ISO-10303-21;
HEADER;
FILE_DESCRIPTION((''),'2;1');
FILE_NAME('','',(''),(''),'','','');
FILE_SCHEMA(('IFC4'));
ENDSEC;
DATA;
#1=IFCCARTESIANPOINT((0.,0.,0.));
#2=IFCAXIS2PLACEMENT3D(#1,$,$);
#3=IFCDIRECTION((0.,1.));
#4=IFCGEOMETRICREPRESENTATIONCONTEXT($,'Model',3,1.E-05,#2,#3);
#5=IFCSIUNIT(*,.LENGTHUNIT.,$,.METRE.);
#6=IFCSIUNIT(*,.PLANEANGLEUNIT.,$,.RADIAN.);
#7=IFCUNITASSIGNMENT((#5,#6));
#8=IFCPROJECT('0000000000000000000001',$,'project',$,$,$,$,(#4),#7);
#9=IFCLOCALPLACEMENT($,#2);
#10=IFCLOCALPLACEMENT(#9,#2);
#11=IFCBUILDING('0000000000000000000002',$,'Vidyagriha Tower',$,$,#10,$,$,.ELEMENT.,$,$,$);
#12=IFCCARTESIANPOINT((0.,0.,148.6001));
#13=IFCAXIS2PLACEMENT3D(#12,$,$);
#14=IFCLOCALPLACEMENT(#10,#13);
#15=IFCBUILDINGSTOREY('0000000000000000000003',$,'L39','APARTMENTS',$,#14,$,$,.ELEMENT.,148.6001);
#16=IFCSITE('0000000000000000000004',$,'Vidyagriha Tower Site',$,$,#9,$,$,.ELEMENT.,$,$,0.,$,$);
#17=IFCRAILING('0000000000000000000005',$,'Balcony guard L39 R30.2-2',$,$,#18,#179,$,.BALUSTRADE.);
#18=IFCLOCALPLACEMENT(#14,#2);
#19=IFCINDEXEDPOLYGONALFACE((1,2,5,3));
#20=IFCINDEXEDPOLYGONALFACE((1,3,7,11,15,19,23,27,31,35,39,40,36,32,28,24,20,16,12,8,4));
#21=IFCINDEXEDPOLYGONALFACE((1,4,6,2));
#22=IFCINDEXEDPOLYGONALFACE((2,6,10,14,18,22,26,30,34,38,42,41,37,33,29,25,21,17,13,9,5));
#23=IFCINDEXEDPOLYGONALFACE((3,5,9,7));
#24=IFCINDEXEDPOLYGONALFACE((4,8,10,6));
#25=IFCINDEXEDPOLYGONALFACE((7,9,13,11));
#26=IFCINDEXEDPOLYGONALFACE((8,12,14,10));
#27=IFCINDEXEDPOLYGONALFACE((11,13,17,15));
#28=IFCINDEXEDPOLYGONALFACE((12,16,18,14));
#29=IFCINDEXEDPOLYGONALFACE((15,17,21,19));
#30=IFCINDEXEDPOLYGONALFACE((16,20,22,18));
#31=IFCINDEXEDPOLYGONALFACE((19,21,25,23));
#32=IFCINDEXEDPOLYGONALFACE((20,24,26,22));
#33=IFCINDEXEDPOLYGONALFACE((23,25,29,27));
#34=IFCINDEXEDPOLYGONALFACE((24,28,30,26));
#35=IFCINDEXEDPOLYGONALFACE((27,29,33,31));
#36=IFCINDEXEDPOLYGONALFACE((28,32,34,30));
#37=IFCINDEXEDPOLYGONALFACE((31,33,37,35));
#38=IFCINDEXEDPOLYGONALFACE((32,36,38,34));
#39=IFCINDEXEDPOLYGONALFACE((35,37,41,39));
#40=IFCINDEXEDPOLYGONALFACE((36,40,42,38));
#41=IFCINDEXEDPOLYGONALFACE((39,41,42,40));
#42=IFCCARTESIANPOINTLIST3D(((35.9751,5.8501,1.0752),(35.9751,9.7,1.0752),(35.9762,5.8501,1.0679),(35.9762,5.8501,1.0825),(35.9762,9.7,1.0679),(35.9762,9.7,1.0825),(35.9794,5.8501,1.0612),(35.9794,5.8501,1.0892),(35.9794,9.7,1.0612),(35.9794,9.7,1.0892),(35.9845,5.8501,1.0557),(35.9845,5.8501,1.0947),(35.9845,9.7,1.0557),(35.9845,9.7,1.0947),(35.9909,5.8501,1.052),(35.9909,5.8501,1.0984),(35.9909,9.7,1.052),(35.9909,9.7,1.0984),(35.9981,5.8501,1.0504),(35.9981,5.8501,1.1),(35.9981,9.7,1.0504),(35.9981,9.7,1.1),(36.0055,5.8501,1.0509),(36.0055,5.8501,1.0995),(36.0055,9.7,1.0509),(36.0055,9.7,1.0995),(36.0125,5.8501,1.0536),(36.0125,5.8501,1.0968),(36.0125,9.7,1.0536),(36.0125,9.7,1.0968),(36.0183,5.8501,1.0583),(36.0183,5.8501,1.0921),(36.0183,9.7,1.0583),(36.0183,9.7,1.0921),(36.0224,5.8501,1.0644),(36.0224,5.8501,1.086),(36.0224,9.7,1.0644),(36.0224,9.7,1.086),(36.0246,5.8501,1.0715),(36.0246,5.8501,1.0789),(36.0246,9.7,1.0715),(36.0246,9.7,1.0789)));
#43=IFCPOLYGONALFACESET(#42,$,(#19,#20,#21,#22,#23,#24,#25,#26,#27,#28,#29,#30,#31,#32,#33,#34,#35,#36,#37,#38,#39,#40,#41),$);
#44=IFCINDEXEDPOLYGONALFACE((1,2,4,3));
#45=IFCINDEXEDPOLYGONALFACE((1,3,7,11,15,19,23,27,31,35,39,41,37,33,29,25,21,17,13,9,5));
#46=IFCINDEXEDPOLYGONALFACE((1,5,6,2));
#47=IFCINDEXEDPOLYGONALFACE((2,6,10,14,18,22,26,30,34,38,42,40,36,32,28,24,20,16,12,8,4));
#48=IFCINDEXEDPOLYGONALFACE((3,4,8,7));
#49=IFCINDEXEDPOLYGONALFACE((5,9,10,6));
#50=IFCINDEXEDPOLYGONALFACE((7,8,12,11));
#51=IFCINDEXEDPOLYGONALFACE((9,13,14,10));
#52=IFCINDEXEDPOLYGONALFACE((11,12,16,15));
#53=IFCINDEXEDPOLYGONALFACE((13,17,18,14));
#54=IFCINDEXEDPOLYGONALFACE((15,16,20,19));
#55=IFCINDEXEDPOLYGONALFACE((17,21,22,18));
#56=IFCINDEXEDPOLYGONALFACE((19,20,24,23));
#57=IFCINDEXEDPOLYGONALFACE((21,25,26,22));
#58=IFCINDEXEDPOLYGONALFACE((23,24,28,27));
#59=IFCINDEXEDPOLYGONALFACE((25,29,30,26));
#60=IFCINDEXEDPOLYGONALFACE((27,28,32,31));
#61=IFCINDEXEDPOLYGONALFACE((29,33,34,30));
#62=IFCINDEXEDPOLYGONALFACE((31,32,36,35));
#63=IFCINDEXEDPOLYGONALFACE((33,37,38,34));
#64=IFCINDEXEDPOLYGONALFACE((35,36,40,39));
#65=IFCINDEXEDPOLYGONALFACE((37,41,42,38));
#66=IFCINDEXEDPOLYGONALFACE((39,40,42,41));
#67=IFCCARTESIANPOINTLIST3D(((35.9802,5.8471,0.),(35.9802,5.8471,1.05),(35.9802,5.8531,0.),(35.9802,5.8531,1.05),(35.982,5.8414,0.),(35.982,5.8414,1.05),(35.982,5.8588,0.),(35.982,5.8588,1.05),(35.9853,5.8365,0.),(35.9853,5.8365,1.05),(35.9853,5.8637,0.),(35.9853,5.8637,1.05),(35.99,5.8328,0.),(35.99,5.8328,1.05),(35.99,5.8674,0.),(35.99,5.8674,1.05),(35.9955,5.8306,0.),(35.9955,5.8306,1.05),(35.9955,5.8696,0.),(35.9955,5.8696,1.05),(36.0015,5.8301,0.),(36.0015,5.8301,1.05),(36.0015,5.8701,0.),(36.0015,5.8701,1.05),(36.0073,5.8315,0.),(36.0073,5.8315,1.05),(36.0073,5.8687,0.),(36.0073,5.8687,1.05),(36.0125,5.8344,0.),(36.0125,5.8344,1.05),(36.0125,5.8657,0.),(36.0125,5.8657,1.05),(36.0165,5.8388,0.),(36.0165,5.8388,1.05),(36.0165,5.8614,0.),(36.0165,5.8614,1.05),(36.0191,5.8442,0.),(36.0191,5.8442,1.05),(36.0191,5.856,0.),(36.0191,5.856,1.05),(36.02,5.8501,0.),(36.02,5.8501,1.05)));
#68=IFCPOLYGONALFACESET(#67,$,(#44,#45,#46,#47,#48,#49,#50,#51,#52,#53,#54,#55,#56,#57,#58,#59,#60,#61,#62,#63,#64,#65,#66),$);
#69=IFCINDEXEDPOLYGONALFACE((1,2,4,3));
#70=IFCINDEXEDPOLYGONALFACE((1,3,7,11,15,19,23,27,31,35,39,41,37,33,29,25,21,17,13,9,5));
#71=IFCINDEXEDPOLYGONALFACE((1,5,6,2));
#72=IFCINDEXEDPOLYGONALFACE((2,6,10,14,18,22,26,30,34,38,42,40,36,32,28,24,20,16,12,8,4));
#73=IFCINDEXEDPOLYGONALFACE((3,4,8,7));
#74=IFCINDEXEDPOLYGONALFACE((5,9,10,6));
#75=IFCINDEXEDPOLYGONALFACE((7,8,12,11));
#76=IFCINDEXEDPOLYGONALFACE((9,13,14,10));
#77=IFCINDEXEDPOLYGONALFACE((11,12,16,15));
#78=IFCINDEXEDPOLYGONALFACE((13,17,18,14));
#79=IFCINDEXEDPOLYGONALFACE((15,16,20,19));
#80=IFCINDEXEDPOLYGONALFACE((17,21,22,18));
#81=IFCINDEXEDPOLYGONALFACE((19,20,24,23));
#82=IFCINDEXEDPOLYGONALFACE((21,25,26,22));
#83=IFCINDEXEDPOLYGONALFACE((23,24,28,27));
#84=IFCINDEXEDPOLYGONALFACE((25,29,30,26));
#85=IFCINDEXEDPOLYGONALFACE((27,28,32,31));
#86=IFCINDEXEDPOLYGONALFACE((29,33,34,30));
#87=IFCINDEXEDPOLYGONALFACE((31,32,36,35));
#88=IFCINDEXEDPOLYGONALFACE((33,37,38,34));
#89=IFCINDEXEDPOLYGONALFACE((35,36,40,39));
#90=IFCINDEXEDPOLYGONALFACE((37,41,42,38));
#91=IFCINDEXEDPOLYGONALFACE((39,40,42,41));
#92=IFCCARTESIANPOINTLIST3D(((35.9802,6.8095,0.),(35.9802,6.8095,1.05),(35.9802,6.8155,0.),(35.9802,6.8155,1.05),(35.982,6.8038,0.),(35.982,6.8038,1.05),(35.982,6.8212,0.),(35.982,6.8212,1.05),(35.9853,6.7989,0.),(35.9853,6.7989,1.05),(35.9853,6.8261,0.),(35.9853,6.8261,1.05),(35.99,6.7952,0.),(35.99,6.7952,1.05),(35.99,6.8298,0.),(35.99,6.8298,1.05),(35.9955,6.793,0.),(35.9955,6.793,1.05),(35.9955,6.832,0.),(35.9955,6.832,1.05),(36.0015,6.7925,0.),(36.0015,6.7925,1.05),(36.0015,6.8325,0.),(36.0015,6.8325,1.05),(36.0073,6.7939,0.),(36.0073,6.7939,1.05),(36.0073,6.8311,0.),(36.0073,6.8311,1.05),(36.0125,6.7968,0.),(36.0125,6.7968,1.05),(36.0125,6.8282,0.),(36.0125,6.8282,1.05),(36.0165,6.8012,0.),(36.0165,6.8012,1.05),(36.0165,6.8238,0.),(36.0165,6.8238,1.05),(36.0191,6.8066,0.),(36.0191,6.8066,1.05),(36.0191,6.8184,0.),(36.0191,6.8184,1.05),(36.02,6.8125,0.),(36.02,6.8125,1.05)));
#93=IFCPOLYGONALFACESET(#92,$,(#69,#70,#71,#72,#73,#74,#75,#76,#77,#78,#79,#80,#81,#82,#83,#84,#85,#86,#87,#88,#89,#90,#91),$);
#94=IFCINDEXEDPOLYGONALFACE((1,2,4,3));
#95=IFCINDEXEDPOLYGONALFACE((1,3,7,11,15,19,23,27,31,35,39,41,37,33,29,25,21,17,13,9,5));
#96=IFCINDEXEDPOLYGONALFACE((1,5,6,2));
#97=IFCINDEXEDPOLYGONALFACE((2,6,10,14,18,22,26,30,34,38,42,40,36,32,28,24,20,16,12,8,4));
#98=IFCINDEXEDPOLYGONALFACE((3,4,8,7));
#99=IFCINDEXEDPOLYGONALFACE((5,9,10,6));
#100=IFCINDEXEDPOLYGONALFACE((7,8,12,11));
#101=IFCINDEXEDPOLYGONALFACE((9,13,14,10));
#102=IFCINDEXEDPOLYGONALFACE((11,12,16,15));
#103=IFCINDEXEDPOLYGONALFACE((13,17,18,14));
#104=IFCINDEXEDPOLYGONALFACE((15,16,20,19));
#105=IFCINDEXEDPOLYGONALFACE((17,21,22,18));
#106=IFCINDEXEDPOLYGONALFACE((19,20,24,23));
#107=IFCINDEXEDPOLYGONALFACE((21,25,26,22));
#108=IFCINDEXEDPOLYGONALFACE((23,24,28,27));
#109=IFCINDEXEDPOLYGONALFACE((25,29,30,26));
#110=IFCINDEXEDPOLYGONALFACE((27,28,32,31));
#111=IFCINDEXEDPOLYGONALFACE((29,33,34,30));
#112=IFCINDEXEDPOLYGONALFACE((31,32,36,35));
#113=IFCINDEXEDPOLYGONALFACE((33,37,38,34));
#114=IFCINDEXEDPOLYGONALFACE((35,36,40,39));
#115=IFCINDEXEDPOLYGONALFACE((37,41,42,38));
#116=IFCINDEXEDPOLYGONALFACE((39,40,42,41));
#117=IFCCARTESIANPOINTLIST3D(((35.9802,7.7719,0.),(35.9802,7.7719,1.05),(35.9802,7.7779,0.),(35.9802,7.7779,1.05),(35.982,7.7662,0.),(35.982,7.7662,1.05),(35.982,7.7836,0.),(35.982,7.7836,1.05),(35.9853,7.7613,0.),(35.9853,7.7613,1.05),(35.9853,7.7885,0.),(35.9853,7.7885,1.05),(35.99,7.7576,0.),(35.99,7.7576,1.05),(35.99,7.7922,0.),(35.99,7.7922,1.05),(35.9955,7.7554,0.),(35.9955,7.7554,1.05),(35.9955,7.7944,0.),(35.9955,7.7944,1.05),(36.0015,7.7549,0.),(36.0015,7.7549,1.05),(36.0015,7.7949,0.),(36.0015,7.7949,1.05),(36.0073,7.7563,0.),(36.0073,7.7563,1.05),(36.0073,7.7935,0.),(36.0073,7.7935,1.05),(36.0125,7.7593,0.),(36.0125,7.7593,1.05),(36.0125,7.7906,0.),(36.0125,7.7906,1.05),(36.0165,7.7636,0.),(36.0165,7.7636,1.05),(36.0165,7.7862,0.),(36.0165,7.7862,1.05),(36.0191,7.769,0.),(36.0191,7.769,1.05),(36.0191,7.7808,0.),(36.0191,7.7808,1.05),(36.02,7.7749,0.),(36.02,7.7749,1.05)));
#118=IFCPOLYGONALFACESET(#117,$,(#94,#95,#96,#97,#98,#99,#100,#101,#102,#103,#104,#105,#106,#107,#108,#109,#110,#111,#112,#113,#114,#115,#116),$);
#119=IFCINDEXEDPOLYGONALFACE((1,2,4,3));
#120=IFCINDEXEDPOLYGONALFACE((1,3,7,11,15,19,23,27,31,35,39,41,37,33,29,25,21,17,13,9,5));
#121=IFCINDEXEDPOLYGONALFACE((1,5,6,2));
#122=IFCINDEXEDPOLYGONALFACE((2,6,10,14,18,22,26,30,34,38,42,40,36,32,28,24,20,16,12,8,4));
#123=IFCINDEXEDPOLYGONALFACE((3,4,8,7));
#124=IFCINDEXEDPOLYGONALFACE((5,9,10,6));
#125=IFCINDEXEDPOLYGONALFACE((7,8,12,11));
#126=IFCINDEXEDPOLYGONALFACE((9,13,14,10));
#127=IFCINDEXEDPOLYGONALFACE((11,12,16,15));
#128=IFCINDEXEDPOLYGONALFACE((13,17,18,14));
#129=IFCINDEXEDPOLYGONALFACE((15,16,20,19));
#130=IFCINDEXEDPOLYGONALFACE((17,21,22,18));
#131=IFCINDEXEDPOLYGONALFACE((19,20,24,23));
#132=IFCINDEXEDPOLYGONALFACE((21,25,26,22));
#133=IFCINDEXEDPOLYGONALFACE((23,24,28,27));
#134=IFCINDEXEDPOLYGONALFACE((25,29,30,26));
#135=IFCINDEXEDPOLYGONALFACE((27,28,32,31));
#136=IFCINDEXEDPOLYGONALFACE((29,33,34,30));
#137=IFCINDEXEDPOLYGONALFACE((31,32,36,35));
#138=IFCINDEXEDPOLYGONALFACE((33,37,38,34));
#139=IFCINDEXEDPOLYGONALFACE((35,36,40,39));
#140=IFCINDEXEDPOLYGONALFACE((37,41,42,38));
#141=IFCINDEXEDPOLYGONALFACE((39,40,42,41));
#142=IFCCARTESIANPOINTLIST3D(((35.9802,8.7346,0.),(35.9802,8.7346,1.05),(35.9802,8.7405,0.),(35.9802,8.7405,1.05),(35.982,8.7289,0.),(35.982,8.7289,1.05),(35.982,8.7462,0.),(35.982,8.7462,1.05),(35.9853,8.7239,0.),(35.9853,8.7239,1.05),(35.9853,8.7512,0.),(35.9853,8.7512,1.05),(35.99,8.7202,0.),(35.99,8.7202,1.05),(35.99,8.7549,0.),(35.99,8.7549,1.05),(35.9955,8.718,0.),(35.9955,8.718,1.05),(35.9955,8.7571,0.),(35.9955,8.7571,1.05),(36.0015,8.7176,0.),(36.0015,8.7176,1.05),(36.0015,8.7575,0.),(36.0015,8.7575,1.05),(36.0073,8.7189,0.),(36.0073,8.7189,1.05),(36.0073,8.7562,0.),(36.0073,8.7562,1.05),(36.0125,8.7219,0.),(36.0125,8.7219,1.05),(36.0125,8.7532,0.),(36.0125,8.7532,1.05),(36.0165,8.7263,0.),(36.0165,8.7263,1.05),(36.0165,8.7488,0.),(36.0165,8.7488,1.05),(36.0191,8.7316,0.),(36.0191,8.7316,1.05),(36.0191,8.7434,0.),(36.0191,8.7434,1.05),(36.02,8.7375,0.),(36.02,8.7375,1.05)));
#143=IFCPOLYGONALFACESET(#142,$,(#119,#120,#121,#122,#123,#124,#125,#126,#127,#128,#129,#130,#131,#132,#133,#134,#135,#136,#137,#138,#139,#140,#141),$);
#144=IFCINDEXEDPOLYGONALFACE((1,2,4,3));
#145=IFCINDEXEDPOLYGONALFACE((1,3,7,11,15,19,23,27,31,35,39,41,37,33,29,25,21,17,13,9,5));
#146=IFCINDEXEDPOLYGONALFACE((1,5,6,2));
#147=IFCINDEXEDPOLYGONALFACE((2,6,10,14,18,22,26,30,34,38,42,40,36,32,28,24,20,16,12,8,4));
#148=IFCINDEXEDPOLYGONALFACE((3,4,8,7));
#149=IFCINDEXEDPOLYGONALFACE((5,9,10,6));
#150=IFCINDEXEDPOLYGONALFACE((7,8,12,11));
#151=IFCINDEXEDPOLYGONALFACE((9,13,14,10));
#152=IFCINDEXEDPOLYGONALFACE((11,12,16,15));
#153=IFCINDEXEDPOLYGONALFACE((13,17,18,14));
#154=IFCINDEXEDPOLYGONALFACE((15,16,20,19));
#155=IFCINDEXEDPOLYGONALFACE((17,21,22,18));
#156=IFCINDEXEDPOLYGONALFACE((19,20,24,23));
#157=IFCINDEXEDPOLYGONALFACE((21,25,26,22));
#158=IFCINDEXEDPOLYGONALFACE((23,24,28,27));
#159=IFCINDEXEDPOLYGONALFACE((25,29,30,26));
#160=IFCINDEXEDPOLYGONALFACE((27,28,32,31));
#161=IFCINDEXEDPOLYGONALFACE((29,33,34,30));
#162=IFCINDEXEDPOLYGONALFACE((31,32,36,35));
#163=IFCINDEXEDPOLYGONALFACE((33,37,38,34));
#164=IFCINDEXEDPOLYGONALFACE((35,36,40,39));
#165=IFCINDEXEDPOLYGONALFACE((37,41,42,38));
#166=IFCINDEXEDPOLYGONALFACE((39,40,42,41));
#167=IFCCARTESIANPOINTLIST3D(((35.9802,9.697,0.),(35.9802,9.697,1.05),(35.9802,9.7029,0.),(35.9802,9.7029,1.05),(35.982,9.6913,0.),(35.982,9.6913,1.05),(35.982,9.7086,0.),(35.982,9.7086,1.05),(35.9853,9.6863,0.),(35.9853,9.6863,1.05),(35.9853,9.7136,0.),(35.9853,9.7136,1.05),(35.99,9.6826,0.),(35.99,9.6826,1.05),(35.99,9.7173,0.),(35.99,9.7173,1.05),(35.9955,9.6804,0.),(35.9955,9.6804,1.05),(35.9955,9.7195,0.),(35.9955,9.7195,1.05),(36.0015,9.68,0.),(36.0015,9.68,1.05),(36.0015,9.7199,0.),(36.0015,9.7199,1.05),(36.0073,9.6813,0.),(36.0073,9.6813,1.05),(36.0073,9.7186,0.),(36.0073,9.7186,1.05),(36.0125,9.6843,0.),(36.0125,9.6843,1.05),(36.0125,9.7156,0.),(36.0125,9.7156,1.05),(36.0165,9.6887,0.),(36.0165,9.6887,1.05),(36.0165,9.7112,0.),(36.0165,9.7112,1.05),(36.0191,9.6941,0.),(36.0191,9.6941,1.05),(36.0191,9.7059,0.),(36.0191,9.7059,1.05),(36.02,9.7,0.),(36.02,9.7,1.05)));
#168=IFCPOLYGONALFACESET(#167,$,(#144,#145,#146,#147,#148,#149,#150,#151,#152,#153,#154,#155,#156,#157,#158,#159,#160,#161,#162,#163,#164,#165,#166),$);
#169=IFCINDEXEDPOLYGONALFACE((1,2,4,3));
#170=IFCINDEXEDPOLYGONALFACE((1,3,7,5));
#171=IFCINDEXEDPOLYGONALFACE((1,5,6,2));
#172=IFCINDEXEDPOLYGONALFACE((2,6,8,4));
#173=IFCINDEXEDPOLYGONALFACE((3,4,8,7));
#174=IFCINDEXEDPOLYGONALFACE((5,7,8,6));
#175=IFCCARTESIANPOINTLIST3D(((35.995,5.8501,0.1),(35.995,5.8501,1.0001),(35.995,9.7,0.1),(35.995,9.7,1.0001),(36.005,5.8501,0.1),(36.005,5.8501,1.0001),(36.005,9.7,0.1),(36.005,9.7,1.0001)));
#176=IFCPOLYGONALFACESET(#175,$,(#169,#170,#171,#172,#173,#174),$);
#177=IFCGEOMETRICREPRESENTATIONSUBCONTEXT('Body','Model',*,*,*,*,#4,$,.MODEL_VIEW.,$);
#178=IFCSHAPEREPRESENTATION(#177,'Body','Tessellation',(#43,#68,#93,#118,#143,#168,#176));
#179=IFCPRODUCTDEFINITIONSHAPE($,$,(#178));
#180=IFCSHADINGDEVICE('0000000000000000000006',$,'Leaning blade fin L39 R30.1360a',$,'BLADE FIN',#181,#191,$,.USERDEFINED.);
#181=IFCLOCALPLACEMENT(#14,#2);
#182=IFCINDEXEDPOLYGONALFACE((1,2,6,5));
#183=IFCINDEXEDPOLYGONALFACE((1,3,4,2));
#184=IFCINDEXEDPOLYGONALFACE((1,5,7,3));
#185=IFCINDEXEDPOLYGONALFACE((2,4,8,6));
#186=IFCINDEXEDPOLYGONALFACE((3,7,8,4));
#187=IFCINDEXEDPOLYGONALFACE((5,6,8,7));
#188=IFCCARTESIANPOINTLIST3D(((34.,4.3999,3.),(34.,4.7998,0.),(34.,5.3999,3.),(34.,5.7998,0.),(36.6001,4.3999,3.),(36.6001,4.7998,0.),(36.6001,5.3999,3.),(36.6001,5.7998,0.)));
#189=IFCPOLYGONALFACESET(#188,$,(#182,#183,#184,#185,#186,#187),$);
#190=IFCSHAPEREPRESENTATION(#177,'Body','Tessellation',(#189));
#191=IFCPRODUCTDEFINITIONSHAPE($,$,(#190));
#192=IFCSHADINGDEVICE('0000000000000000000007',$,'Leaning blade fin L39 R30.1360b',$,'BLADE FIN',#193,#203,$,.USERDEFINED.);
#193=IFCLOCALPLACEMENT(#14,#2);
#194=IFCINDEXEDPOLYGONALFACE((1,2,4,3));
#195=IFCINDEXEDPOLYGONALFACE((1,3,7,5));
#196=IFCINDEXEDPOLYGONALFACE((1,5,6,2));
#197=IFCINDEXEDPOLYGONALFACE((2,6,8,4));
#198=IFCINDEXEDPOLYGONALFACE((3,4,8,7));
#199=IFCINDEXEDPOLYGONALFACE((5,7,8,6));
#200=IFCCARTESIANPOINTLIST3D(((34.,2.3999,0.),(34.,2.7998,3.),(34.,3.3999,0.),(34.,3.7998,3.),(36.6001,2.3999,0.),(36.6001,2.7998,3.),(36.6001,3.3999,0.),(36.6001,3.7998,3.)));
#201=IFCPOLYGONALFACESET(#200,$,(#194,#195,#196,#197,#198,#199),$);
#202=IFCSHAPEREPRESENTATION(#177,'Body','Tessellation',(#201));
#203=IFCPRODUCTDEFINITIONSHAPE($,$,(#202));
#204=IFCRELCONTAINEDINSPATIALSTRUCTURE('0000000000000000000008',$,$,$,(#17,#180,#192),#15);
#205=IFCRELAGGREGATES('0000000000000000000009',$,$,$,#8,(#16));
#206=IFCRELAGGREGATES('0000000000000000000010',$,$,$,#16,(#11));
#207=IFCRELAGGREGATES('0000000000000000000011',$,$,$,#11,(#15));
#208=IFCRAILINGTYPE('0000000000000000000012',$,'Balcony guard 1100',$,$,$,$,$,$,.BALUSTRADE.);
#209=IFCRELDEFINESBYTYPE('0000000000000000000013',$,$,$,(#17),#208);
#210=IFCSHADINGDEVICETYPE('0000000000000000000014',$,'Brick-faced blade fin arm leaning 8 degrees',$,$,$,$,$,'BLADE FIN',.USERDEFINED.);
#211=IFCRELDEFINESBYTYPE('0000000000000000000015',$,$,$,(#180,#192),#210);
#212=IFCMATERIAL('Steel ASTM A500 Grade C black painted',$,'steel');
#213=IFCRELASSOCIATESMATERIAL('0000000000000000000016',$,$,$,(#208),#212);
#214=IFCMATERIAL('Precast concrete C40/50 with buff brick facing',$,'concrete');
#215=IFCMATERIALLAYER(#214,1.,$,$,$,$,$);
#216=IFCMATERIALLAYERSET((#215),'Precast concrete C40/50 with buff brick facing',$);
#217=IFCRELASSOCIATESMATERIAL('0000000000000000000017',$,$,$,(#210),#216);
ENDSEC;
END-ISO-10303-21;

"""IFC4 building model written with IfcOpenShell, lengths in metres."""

from ifc_helpers import new_model, si_unit, direction, frame, origin, origin_2d, place, context, subcontext, project, spatial, polyline, rectangle, circle, outline, extrude, material, layer, layer_set, type_object, element, save


model = new_model("IFC4")

# Units and contexts
model_context = context("Model", 3, precision=1e-05, world=origin(), true_north=direction((0.0, 1.0)))
body_context = subcontext(model_context, "Body", "Model", "MODEL_VIEW")
ifc_project = project(units=[si_unit("LENGTHUNIT", "METRE"), si_unit("PLANEANGLEUNIT", "RADIAN")], contexts=[model_context])

# Site, building, storey
site_placement = place(None, origin())
site = spatial("IfcSite", under=ifc_project, at=site_placement, Name="Vidyagriha Tower Site", CompositionType="ELEMENT", RefElevation=0.0)
building_placement = place(site_placement, origin())
building = spatial("IfcBuilding", under=site, at=building_placement, Name="Vidyagriha Tower", CompositionType="ELEMENT")
storey_placement = place(building_placement, frame((0.0, 0.0, 148.6001)))
storey = spatial("IfcBuildingStorey", under=building, at=storey_placement, Name="L39", Description="APARTMENTS", CompositionType="ELEMENT", Elevation=148.6001)

# Railing
ifc_material_1 = material(Name="Steel ASTM A500 Grade C black painted", Category="steel")
railing_type_1 = type_object("IfcRailingType", Name="Balcony guard 1100", PredefinedType="BALUSTRADE", material=ifc_material_1)
railing_1_placement = place(storey_placement, frame((36.0, 5.8501, 0.0)))
element("IfcRailing", 1, at=railing_1_placement, inside=storey, type_object=railing_type_1, Name="Balcony guard L39 R30.2-2", PredefinedType="BALUSTRADE", context=body_context, shape_type="SweptSolid", body=[
    extrude(circle(Radius=0.0249, at=origin_2d()), frame((0.0, 0.0, 1.0752), z_axis=(0.0, 1.0, 0.0), x_axis=(-1.0, 0.0, 0.0)), (0.0, 0.0, 1.0), 3.8499),
    extrude(circle(Radius=0.02, at=origin_2d()), origin(), (0.0, 0.0, 1.0), 1.05),
    extrude(circle(Radius=0.02, at=origin_2d()), frame((0.0, 0.9624, 0.0)), (0.0, 0.0, 1.0), 1.05),
    extrude(circle(Radius=0.02, at=origin_2d()), frame((0.0, 1.9248, 0.0)), (0.0, 0.0, 1.0), 1.05),
    extrude(circle(Radius=0.02, at=origin_2d()), frame((0.0, 2.8875, 0.0)), (0.0, 0.0, 1.0), 1.05),
    extrude(circle(Radius=0.02, at=origin_2d()), frame((0.0, 3.8499, 0.0)), (0.0, 0.0, 1.0), 1.05),
    extrude(rectangle(XDim=0.01, YDim=0.9001, at=origin_2d()), frame((0.0, 0.0, 0.55), z_axis=(0.0, 1.0, 0.0), x_axis=(-1.0, 0.0, 0.0)), (0.0, 0.0, 1.0), 3.8499),
])

# Shading devices
ifc_material_2 = material(Name="Precast concrete C40/50 with buff brick facing", Category="concrete")
ifc_layer_1 = layer(ifc_material_2, 1.0)
ifc_layer_set_1 = layer_set([ifc_layer_1], Name="Precast concrete C40/50 with buff brick facing")
shading_device_type_1 = type_object("IfcShadingDeviceType", Name="Brick-faced blade fin arm leaning 8 degrees", ElementType="BLADE FIN", PredefinedType="USERDEFINED", material=ifc_layer_set_1)
shading_device_1_placement = place(storey_placement, frame((35.3, 4.3999, 0.0), z_axis=(0.0, 0.0, 1.0), x_axis=(0.0, 1.0, 0.0)))
element("IfcShadingDevice", 2, at=shading_device_1_placement, inside=storey, type_object=shading_device_type_1, Name="Leaning blade fin L39 R30.1360a", ObjectType="BLADE FIN", PredefinedType="USERDEFINED", context=body_context, shape_type="SweptSolid", body=[
    extrude(outline(polyline([(0.3999, 0.0), (1.3999, 0.0), (1.0, 3.0), (0.0, 3.0), (0.3999, 0.0)])), frame((0.0, 1.3, 0.0), z_axis=(0.0, -1.0, 0.0), x_axis=(1.0, 0.0, 0.0)), (0.0, 0.0, 1.0), 2.6001),
])
shading_device_2_placement = place(storey_placement, frame((35.3, 2.3999, 0.0), z_axis=(0.0, 0.0, 1.0), x_axis=(0.0, 1.0, 0.0)))
element("IfcShadingDevice", 3, at=shading_device_2_placement, inside=storey, type_object=shading_device_type_1, Name="Leaning blade fin L39 R30.1360b", ObjectType="BLADE FIN", PredefinedType="USERDEFINED", context=body_context, shape_type="SweptSolid", body=[
    extrude(outline(polyline([(0.0, 0.0), (1.0, 0.0), (1.3999, 3.0), (0.3999, 3.0), (0.0, 0.0)])), frame((0.0, 1.3, 0.0), z_axis=(0.0, -1.0, 0.0), x_axis=(1.0, 0.0, 0.0)), (0.0, 0.0, 1.0), 2.6001),
])

save(model, "model.ifc")
